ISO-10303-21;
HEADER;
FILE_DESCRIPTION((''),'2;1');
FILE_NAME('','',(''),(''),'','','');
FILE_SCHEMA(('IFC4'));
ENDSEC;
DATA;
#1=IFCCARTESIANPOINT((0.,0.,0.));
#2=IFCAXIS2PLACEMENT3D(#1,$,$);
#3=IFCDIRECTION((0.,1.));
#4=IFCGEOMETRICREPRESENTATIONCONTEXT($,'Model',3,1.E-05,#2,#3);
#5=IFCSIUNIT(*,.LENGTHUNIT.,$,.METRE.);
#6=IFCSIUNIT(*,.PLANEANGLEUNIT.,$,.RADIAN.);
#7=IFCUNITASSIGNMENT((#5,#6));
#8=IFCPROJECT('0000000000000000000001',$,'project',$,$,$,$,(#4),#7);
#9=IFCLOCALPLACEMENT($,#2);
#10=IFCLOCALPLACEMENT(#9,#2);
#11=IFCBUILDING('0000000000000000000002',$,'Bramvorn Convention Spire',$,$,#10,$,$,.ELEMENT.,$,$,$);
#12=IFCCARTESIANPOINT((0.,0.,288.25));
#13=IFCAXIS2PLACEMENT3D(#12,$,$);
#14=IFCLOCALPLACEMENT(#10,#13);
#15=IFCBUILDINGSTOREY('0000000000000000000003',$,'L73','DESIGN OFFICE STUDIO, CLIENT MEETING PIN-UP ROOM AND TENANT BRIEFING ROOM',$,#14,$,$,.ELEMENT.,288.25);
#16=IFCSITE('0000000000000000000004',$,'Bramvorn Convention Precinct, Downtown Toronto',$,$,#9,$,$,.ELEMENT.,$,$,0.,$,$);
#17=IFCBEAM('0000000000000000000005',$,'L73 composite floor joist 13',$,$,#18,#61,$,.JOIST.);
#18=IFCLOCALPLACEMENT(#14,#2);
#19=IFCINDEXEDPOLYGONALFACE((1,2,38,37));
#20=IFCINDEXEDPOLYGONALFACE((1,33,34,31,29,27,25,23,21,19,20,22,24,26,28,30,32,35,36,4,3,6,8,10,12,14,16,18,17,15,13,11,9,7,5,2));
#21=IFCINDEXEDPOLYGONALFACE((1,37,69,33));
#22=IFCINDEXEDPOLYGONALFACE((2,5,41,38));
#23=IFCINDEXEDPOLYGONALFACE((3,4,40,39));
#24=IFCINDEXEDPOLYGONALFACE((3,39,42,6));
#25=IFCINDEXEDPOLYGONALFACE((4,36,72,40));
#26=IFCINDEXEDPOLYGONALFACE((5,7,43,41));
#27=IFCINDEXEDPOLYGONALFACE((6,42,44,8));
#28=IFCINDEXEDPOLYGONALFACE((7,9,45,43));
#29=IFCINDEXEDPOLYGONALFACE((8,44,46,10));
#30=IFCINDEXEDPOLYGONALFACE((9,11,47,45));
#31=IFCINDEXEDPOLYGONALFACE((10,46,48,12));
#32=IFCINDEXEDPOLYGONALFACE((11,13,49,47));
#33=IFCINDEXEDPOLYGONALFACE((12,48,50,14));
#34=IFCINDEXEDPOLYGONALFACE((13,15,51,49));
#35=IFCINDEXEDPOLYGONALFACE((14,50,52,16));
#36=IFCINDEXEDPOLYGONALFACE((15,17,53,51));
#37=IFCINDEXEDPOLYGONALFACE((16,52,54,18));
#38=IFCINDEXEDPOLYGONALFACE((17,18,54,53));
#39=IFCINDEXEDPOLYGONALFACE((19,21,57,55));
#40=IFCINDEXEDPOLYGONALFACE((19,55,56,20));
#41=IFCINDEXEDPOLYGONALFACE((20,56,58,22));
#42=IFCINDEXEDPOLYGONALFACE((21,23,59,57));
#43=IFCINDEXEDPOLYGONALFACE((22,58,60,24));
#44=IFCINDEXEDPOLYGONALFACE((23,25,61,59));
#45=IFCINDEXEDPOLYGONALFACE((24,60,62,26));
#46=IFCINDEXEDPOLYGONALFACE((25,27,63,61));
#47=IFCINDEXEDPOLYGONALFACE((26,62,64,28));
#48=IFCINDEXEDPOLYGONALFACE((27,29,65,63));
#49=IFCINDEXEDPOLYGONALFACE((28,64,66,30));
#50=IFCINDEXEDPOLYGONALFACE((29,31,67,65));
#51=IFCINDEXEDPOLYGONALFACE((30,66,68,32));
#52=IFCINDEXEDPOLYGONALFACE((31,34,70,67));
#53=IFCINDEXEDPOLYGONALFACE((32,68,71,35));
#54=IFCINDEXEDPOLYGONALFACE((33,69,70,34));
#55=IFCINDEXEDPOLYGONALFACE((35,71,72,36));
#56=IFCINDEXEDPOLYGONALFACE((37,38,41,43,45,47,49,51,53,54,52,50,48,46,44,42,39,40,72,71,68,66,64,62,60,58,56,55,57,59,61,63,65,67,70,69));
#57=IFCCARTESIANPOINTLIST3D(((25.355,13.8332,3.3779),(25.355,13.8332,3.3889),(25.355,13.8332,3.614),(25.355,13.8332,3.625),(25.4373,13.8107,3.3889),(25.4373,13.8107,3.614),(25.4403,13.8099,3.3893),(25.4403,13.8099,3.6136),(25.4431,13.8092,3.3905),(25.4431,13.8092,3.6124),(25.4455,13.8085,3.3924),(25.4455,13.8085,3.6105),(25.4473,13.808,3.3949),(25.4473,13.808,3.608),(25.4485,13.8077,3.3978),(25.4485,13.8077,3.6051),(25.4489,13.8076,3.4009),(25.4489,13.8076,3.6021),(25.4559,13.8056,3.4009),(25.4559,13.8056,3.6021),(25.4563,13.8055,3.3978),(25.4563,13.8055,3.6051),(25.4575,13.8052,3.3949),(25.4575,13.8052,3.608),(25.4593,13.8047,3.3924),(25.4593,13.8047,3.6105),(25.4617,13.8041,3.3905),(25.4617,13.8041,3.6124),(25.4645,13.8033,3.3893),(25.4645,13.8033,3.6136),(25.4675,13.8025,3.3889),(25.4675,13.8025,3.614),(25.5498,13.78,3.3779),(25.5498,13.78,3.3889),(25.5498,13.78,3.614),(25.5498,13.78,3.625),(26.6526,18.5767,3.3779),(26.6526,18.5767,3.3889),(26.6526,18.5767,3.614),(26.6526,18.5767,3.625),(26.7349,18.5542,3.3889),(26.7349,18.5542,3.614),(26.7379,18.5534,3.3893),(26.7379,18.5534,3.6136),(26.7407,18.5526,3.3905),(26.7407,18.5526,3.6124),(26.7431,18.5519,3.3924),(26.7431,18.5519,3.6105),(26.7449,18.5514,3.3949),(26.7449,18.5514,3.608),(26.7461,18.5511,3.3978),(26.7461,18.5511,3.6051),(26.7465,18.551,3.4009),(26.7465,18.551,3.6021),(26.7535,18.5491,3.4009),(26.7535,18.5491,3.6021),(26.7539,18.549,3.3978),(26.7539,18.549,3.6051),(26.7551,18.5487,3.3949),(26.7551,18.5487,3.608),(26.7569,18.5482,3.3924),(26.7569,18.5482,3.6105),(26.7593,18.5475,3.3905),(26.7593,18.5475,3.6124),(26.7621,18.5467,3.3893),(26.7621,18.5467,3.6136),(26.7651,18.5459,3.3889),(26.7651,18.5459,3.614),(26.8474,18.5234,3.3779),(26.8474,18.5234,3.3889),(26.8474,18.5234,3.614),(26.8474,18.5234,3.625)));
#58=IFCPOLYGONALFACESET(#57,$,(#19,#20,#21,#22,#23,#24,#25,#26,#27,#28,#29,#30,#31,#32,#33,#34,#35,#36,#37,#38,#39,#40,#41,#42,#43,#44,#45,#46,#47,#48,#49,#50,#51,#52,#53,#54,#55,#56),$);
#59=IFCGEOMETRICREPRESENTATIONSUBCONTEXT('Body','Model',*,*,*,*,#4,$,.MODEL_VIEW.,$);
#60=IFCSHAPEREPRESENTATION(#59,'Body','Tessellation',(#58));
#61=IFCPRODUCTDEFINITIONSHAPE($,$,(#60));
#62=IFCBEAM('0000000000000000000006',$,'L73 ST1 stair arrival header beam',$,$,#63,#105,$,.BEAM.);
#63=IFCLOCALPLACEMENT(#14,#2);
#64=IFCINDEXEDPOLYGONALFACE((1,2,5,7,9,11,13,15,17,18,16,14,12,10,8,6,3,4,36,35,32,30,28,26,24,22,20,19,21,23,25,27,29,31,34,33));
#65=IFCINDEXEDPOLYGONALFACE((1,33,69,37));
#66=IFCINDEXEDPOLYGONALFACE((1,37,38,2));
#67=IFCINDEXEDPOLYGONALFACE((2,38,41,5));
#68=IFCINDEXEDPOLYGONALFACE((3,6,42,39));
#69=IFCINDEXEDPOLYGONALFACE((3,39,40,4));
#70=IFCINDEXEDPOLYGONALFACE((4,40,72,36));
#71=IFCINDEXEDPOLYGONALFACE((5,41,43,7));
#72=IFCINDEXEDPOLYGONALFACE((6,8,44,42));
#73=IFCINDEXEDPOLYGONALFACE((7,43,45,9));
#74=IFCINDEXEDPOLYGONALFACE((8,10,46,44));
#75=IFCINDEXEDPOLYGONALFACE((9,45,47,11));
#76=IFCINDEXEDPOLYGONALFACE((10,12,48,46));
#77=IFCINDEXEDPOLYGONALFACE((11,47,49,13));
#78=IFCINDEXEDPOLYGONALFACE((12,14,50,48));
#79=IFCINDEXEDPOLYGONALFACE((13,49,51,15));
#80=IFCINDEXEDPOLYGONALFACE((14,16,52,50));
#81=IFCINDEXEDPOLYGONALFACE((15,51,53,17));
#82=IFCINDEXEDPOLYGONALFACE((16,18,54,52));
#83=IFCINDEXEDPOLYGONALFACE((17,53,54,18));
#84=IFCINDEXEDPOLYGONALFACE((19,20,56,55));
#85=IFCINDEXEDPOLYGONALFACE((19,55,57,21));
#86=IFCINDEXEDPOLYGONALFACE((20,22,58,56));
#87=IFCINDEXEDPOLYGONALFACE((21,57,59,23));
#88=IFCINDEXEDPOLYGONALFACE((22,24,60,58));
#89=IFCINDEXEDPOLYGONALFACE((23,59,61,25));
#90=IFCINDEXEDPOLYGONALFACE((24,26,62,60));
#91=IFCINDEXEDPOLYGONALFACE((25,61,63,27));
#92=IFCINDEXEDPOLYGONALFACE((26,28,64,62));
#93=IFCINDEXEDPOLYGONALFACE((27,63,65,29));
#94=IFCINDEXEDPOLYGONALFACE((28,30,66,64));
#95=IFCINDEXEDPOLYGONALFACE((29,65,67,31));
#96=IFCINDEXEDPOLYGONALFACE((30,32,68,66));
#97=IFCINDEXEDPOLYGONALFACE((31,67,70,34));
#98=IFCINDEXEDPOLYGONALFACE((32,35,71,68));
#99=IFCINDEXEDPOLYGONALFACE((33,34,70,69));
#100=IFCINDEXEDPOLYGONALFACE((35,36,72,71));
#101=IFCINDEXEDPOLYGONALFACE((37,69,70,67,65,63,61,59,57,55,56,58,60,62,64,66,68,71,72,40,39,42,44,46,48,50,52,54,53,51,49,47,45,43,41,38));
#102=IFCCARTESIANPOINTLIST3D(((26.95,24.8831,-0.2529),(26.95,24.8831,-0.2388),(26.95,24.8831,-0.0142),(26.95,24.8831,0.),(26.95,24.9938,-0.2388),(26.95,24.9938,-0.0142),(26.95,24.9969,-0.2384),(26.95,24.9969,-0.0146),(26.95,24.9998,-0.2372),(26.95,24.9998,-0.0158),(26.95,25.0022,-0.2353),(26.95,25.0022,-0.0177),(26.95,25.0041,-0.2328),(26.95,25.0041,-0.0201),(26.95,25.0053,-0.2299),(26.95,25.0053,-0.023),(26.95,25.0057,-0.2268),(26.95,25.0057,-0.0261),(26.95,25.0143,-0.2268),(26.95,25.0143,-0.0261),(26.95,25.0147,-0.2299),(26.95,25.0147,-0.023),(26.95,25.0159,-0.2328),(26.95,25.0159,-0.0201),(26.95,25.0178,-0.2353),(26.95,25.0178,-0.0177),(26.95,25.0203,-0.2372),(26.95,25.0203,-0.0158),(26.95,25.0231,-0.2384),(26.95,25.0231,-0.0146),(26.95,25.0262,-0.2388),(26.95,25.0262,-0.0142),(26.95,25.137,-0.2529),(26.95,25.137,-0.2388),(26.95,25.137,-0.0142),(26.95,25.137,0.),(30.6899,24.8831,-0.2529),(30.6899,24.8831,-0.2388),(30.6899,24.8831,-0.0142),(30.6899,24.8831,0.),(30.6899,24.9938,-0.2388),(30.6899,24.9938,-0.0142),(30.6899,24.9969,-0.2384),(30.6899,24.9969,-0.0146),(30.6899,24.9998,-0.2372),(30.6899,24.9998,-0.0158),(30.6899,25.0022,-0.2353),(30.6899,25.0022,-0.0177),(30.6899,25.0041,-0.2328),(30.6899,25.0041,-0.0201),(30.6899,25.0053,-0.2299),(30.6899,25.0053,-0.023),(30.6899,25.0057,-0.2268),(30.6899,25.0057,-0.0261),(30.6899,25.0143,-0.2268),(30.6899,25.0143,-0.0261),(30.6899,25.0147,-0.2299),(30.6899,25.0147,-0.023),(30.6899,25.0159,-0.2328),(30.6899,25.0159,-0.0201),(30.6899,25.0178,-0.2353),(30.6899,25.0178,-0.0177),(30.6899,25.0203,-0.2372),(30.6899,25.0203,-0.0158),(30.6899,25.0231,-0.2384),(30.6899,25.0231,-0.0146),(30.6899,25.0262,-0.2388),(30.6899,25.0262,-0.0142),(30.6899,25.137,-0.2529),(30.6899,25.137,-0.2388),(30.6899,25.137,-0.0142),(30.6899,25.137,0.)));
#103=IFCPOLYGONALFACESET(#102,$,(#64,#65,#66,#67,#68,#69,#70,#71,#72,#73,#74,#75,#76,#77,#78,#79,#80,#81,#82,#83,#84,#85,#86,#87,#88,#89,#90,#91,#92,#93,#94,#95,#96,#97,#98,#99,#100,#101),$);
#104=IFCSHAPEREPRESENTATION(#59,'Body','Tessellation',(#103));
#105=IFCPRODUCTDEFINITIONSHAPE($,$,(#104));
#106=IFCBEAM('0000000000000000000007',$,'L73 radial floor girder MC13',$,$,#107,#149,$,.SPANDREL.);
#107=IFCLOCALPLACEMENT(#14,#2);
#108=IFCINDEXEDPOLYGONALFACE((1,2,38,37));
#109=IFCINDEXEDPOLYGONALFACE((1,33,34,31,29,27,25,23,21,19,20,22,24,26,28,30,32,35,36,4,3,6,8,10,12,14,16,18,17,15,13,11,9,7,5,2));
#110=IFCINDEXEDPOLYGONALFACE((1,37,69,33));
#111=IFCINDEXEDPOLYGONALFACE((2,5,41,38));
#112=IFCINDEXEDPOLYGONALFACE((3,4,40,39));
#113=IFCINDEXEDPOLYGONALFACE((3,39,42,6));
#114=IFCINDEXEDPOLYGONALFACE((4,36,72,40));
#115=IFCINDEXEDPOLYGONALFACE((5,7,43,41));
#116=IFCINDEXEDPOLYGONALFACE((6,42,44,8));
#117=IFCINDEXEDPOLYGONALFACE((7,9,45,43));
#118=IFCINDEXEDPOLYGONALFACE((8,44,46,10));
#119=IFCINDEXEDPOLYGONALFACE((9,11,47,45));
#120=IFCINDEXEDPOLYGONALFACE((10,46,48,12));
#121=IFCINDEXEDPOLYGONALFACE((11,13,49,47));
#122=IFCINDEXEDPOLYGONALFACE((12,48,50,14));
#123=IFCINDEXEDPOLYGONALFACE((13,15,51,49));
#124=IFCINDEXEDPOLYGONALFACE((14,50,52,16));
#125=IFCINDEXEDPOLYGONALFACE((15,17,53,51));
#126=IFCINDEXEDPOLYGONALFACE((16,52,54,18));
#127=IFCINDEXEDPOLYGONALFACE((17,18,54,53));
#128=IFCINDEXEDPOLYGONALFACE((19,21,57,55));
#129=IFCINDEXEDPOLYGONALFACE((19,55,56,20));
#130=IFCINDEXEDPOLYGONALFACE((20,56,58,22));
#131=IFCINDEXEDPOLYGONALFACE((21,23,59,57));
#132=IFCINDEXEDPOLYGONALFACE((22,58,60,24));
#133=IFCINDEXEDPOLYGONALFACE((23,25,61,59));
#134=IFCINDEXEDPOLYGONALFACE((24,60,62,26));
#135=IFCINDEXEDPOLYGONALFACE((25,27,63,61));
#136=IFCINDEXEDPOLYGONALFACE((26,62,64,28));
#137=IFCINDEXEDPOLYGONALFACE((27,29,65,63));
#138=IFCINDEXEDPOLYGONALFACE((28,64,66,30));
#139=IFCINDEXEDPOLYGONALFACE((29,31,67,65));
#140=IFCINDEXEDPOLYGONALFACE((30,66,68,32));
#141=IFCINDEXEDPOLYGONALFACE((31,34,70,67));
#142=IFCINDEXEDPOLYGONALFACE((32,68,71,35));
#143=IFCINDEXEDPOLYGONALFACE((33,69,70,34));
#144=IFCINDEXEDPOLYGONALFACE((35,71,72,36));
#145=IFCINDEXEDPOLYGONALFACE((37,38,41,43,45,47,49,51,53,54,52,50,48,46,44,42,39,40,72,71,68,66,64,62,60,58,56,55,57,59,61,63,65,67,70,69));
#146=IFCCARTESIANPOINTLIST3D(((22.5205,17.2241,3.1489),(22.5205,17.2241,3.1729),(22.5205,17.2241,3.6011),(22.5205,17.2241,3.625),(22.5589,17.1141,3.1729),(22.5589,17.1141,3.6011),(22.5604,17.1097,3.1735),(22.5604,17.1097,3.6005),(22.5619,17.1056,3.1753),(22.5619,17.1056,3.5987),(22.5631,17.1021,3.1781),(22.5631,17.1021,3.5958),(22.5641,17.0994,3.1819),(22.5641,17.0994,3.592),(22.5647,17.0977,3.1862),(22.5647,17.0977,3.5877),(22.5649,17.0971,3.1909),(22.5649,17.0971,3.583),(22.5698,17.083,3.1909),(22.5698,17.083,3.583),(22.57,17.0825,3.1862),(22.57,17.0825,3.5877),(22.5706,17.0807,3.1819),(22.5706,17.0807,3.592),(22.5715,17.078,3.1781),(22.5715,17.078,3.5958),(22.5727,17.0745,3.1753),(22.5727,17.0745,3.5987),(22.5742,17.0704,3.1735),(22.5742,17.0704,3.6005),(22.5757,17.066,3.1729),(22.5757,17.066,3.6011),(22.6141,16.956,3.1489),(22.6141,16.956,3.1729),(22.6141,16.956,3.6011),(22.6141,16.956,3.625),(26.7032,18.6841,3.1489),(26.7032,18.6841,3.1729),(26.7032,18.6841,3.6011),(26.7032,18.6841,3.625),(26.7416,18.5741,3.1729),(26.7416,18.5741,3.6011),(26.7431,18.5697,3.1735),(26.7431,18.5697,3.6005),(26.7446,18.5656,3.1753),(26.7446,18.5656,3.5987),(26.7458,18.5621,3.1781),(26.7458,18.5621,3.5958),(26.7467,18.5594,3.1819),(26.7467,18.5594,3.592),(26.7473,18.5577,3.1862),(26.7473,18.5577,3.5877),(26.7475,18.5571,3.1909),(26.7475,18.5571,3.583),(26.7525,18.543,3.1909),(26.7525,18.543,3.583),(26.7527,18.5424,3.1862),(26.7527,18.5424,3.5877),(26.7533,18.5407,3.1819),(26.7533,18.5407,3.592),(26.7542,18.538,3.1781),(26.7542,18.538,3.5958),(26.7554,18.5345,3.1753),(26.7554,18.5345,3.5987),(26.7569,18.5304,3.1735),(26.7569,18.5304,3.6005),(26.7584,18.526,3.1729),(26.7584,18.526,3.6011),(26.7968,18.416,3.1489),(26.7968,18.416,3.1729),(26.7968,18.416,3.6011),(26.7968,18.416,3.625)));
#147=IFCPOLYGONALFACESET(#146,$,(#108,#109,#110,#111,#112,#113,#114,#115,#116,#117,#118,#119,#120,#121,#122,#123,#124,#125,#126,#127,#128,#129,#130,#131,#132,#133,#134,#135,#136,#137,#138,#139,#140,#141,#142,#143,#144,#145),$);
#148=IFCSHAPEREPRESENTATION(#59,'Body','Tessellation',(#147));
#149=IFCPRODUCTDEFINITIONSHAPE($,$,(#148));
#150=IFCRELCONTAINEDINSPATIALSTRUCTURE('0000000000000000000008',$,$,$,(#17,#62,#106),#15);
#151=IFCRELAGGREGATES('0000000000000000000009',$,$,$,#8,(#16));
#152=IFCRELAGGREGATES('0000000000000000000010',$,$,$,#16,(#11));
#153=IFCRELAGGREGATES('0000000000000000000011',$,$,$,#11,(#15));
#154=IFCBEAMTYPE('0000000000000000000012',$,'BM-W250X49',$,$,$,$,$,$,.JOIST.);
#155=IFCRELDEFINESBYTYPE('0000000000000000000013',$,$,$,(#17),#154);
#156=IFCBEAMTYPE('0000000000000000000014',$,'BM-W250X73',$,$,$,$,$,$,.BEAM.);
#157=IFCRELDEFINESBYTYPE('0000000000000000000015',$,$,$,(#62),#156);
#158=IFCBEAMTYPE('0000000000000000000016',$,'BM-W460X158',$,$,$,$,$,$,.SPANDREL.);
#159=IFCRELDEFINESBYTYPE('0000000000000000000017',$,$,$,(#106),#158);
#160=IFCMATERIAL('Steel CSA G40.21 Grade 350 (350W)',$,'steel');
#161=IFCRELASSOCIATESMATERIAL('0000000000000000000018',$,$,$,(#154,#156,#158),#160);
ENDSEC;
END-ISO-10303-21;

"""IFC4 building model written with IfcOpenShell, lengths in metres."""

from ifc_helpers import new_model, si_unit, direction, frame, origin, origin_2d, place, context, subcontext, project, spatial, i_section, extrude, material, material_profile, profile_set, type_object, element, save


model = new_model("IFC4")

# Units and contexts
model_context = context("Model", 3, precision=1e-05, world=origin(), true_north=direction((0.0, 1.0)))
body_context = subcontext(model_context, "Body", "Model", "MODEL_VIEW")
ifc_project = project(units=[si_unit("LENGTHUNIT", "METRE"), si_unit("PLANEANGLEUNIT", "RADIAN")], contexts=[model_context])

# Site, building, storey
site_placement = place(None, origin())
site = spatial("IfcSite", under=ifc_project, at=site_placement, Name="Bramvorn Convention Precinct, Downtown Toronto", CompositionType="ELEMENT", RefElevation=0.0)
building_placement = place(site_placement, origin())
building = spatial("IfcBuilding", under=site, at=building_placement, Name="Bramvorn Convention Spire", CompositionType="ELEMENT")
storey_placement = place(building_placement, frame((0.0, 0.0, 288.25)))
storey = spatial("IfcBuildingStorey", under=building, at=storey_placement, Name="L73", Description="DESIGN OFFICE STUDIO, CLIENT MEETING PIN-UP ROOM AND TENANT BRIEFING ROOM", CompositionType="ELEMENT", Elevation=288.25)

# Beams
ifc_material_1 = material(Name="Steel CSA G40.21 Grade 350 (350W)", Category="steel")
ifc_material_profile_1 = material_profile(ifc_material_1, i_section(OverallWidth=0.2019, OverallDepth=0.2471, WebThickness=0.0073, FlangeThickness=0.011, FilletRadius=0.012, at=origin_2d()))
ifc_profile_set_1 = profile_set([ifc_material_profile_1], Name="Steel CSA G40.21 Grade 350 (350W) - W250X49")
beam_type_1 = type_object("IfcBeamType", Name="BM-W250X49", PredefinedType="JOIST", material=ifc_profile_set_1)
beam_1_placement = place(storey_placement, frame((26.75, 18.55, 3.5015), z_axis=(-0.263865, -0.96456, 0.0), x_axis=(0.96456, -0.263865, 0.0)))
element("IfcBeam", 1, at=beam_1_placement, inside=storey, type_object=beam_type_1, Name="L73 composite floor joist 13", PredefinedType="JOIST", context=body_context, shape_type="SweptSolid", body=[
    extrude(i_section(OverallWidth=0.2019, OverallDepth=0.2471, WebThickness=0.0073, FlangeThickness=0.011, FilletRadius=0.012, at=origin_2d()), origin(), (0.0, 0.0, 1.0), 4.9177),
])
ifc_material_profile_2 = material_profile(ifc_material_1, i_section(OverallWidth=0.2539, OverallDepth=0.2529, WebThickness=0.0085, FlangeThickness=0.0142, FilletRadius=0.012, at=origin_2d()))
ifc_profile_set_2 = profile_set([ifc_material_profile_2], Name="Steel CSA G40.21 Grade 350 (350W) - W250X73")
beam_type_2 = type_object("IfcBeamType", Name="BM-W250X73", PredefinedType="BEAM", material=ifc_profile_set_2)
beam_2_placement = place(storey_placement, frame((26.95, 25.01, -0.1265), z_axis=(1.0, 0.0, 0.0), x_axis=(0.0, 1.0, 0.0)))
element("IfcBeam", 2, at=beam_2_placement, inside=storey, type_object=beam_type_2, Name="L73 ST1 stair arrival header beam", PredefinedType="BEAM", context=body_context, shape_type="SweptSolid", body=[
    extrude(i_section(OverallWidth=0.2539, OverallDepth=0.2529, WebThickness=0.0085, FlangeThickness=0.0142, FilletRadius=0.012, at=origin_2d()), origin(), (0.0, 0.0, 1.0), 3.74),
])
ifc_material_profile_3 = material_profile(ifc_material_1, i_section(OverallWidth=0.2839, OverallDepth=0.4761, WebThickness=0.0149, FlangeThickness=0.0239, FilletRadius=0.0181, at=origin_2d()))
ifc_profile_set_3 = profile_set([ifc_material_profile_3], Name="Steel CSA G40.21 Grade 350 (350W) - W460X158")
beam_type_3 = type_object("IfcBeamType", Name="BM-W460X158", PredefinedType="SPANDREL", material=ifc_profile_set_3)
beam_3_placement = place(storey_placement, frame((26.75, 18.55, 3.387), z_axis=(-0.944136, -0.329555, 0.0), x_axis=(0.329555, -0.944136, 0.0)))
element("IfcBeam", 3, at=beam_3_placement, inside=storey, type_object=beam_type_3, Name="L73 radial floor girder MC13", PredefinedType="SPANDREL", context=body_context, shape_type="SweptSolid", body=[
    extrude(i_section(OverallWidth=0.2839, OverallDepth=0.4761, WebThickness=0.0149, FlangeThickness=0.0239, FilletRadius=0.0181, at=origin_2d()), origin(), (0.0, 0.0, 1.0), 4.4302),
])

save(model, "model.ifc")
